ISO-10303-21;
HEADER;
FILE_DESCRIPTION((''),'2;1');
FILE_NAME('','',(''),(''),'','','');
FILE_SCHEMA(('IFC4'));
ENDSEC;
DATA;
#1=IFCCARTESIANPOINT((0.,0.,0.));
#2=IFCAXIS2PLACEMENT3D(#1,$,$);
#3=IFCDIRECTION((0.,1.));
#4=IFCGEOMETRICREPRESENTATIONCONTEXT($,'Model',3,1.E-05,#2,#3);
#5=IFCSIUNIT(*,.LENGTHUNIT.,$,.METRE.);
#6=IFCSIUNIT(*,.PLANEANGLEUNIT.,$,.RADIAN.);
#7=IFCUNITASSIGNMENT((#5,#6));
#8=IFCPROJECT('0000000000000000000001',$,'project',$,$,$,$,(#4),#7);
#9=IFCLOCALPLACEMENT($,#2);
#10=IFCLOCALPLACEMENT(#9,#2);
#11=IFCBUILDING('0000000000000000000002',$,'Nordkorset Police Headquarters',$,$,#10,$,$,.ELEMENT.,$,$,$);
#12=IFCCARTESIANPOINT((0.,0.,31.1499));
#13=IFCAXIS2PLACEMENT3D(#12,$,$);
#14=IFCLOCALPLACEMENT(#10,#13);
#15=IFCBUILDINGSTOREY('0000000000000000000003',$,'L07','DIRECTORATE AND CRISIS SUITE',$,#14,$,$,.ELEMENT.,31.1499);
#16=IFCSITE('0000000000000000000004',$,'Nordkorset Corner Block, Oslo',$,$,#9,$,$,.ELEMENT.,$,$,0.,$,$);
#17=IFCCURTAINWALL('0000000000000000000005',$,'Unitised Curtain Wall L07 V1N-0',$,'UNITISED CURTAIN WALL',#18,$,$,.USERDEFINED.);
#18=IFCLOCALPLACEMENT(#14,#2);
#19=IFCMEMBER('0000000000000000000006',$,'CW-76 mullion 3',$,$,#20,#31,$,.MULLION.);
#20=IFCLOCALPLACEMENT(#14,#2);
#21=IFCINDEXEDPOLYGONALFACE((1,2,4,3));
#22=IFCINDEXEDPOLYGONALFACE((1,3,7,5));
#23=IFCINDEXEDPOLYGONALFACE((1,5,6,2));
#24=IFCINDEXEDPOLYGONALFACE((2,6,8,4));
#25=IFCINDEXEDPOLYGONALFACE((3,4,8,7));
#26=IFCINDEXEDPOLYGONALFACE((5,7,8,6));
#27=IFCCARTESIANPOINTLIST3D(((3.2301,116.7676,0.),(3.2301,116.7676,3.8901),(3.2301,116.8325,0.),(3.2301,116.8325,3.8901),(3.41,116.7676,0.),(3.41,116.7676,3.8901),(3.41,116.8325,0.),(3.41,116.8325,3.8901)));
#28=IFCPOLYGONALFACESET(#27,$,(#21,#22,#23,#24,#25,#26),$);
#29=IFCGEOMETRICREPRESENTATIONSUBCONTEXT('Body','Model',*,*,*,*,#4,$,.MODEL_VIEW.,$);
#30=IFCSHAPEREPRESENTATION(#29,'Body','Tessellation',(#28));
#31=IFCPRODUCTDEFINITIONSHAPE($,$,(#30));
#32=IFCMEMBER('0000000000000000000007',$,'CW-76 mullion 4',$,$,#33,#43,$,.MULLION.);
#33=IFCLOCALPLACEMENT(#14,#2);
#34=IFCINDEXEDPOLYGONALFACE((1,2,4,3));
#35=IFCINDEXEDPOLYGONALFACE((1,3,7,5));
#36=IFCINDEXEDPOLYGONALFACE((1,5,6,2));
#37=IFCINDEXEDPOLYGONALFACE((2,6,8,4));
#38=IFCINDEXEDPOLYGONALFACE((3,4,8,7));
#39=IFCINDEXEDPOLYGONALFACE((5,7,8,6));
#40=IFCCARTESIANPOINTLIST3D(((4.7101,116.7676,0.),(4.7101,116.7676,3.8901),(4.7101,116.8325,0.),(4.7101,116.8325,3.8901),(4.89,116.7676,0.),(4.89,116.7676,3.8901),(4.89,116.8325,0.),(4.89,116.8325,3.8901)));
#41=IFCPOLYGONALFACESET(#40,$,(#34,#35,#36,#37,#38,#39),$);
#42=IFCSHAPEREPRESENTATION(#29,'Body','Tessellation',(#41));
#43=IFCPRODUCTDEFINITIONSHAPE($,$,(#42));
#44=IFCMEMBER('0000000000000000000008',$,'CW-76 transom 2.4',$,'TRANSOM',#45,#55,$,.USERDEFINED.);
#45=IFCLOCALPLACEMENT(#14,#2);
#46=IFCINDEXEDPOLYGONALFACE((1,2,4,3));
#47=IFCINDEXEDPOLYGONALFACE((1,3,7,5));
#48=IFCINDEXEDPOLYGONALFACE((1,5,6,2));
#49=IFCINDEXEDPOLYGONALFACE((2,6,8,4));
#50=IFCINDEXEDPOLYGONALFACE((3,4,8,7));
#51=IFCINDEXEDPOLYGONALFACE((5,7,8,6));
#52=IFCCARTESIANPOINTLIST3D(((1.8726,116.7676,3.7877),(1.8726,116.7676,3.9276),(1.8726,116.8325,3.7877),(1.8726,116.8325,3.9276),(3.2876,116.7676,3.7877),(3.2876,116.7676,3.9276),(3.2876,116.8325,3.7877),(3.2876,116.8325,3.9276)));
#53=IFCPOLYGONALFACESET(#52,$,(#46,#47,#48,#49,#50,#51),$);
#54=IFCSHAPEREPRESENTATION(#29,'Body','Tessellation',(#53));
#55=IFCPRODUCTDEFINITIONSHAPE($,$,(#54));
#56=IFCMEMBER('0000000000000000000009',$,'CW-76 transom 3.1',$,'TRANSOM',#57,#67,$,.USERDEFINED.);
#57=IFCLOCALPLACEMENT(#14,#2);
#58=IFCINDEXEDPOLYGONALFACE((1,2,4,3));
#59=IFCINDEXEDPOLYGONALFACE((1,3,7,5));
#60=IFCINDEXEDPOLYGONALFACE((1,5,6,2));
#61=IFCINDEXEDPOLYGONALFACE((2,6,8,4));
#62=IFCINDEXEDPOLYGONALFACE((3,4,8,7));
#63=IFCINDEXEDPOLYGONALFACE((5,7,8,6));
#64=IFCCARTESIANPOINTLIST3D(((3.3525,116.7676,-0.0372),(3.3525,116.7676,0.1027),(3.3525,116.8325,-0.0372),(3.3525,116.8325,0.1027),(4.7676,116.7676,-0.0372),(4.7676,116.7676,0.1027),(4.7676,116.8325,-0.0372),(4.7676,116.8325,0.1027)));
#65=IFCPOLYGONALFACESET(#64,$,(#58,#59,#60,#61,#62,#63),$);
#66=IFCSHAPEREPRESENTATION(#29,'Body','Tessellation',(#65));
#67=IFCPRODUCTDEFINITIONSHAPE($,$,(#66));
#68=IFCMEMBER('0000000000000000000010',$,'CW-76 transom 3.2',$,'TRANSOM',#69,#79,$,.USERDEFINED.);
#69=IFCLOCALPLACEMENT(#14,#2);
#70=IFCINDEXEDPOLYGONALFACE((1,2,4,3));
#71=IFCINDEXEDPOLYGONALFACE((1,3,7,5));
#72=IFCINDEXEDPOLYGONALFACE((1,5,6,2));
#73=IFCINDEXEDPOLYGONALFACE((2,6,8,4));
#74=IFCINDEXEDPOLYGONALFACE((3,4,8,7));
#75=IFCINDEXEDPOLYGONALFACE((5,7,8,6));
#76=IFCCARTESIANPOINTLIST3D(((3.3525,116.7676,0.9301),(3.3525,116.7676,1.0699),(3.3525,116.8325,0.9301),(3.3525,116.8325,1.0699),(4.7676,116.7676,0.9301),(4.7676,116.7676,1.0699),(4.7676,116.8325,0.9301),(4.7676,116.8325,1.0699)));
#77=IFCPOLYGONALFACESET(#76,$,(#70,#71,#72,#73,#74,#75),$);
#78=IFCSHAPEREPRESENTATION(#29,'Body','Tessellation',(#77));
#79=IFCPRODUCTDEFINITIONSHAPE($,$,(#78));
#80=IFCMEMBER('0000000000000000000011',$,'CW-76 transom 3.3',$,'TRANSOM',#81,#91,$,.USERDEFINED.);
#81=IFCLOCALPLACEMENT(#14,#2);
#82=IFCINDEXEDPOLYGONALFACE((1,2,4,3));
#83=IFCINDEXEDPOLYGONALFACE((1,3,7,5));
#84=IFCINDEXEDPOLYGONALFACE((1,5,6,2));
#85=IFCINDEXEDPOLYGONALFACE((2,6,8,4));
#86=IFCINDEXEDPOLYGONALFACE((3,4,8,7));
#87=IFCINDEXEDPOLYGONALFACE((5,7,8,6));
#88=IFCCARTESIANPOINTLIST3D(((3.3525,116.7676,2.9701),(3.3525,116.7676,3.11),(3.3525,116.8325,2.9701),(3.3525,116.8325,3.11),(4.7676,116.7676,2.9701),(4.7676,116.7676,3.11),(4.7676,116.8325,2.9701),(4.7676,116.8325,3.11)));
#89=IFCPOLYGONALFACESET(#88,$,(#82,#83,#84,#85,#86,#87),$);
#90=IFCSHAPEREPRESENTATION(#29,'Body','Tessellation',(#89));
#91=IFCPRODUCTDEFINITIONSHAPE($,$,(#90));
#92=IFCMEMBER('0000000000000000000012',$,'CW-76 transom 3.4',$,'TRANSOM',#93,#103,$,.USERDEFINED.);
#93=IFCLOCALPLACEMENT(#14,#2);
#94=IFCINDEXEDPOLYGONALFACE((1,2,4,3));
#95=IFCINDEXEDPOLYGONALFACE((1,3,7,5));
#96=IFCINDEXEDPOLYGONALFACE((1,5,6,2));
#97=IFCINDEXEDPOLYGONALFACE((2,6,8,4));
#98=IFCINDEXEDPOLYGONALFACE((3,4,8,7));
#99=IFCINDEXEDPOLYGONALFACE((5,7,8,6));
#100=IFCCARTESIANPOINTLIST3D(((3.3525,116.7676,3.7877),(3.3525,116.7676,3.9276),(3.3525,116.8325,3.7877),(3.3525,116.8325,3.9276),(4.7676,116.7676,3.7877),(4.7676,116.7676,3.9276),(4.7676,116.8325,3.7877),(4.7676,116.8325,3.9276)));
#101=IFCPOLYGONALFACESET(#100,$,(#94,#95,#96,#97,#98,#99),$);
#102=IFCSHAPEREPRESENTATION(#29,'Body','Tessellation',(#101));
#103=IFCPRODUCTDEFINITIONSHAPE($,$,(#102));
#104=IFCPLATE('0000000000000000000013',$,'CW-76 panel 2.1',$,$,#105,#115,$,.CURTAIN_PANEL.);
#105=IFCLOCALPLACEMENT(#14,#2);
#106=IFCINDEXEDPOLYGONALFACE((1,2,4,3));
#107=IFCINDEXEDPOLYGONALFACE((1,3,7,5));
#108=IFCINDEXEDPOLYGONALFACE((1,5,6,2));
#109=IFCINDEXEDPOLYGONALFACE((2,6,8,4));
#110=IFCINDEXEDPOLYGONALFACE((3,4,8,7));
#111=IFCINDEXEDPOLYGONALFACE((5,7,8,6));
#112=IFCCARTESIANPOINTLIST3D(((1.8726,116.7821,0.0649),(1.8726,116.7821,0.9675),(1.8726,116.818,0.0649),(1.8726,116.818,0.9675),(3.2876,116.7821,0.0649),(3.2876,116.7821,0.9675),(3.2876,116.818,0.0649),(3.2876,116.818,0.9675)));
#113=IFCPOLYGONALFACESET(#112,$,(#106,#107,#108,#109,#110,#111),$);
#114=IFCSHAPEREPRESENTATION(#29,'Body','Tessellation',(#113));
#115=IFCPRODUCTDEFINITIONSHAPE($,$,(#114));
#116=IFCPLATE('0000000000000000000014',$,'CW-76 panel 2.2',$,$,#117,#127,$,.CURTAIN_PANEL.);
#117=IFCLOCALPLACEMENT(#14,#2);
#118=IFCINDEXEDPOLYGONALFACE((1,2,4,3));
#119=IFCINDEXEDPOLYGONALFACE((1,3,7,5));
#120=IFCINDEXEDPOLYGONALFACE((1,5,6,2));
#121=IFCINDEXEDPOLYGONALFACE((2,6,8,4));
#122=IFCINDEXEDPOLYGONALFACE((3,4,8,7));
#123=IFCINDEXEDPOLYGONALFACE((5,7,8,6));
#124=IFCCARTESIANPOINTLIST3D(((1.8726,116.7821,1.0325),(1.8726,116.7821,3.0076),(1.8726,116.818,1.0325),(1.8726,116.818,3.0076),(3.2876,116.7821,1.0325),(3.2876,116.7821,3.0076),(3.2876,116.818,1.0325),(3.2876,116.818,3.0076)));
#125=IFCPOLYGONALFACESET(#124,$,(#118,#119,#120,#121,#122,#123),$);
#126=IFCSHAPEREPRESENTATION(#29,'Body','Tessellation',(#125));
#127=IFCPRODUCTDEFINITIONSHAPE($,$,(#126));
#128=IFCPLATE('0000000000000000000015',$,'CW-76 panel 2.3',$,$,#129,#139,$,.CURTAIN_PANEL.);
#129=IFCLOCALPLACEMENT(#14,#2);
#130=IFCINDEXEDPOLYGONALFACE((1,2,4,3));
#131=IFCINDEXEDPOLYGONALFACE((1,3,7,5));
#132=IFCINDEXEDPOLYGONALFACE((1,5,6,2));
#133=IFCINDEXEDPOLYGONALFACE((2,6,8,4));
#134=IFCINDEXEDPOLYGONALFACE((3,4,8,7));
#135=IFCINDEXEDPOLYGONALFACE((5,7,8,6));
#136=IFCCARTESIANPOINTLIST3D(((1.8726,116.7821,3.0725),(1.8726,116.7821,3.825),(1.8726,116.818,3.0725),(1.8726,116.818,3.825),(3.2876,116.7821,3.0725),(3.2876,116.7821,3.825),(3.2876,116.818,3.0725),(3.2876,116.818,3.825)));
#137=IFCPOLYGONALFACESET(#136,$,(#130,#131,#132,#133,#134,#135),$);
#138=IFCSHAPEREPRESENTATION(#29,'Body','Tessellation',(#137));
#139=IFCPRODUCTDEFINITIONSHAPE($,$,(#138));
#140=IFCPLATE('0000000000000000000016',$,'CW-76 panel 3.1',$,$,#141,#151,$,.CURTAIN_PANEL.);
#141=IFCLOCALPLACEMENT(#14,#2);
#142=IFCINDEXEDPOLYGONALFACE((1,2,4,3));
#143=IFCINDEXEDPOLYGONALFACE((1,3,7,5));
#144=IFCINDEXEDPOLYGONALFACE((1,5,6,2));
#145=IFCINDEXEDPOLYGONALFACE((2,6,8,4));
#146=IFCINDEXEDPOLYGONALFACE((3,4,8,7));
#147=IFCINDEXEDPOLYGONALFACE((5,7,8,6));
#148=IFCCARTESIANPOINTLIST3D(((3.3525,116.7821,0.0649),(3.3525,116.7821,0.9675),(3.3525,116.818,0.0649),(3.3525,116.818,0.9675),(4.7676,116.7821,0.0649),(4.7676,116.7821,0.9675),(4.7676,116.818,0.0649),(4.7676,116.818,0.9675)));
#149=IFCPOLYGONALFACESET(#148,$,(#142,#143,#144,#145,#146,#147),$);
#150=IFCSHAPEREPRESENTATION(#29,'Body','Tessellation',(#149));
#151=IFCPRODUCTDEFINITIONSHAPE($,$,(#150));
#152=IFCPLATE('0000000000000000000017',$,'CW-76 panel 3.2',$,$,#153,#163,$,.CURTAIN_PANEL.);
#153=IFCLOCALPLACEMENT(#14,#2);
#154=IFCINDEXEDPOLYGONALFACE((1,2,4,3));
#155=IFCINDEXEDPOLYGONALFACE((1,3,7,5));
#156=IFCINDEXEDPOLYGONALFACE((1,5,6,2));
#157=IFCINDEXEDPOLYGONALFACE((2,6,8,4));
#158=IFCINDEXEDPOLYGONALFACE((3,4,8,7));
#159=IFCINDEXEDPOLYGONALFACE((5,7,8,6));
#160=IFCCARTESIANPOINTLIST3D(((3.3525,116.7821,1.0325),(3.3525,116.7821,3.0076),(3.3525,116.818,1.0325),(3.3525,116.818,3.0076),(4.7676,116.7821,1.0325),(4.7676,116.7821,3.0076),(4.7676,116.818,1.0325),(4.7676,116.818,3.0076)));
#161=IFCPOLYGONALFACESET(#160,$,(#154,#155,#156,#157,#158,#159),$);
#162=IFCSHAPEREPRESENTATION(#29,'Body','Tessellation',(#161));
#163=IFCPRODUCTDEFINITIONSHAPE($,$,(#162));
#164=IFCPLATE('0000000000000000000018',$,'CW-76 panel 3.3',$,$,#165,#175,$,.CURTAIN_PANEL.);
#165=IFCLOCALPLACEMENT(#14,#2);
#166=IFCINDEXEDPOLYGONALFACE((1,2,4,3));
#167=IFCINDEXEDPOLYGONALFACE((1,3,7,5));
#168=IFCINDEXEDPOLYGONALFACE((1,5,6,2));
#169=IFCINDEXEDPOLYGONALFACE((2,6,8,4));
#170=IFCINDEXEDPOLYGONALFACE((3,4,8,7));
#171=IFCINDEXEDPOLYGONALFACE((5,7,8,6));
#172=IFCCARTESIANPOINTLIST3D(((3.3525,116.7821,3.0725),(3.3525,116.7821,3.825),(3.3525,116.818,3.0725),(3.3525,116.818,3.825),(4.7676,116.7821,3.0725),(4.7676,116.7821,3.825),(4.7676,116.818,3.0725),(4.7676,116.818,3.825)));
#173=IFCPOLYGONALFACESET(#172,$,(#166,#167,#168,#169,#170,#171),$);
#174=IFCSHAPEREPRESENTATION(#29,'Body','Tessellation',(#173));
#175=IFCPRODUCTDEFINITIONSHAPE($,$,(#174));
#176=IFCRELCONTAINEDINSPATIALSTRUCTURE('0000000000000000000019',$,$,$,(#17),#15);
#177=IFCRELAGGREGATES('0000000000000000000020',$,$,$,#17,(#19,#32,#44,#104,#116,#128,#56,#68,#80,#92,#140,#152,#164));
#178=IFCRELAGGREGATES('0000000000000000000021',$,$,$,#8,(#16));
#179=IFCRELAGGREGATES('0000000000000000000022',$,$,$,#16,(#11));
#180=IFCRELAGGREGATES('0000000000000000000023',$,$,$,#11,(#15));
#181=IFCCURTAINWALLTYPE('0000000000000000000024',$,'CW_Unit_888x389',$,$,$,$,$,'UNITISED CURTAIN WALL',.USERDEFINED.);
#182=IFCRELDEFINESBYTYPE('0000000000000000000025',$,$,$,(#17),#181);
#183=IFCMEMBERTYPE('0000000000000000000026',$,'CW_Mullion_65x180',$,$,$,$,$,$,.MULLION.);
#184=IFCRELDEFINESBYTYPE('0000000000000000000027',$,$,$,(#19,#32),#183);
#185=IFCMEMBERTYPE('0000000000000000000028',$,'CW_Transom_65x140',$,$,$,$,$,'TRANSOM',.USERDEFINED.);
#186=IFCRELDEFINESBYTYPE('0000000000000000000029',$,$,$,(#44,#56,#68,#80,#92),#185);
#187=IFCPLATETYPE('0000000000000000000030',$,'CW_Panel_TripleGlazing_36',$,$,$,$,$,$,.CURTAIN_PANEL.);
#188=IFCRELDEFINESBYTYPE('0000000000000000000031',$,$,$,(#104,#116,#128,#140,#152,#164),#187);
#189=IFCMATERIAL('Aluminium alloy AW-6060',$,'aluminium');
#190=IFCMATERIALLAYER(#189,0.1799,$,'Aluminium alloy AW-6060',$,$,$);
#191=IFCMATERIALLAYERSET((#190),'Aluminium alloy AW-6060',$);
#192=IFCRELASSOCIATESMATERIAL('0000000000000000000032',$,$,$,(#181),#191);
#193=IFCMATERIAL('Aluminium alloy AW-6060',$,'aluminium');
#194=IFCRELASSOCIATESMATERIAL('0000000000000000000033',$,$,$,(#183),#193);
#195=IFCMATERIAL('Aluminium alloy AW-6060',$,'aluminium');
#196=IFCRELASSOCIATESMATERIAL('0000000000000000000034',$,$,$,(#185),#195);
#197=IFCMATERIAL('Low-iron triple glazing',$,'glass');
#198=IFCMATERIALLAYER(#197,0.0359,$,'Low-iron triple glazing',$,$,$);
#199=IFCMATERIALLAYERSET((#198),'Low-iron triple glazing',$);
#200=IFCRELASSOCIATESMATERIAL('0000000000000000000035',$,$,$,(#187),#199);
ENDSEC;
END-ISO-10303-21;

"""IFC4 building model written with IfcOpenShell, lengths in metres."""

from ifc_helpers import new_model, si_unit, direction, frame, origin, origin_2d, place, context, subcontext, project, spatial, rectangle, extrude, material, layer, layer_set, material_profile, profile_set, type_object, element, aggregate, save


model = new_model("IFC4")

# Units and contexts
model_context = context("Model", 3, precision=1e-05, world=origin(), true_north=direction((0.0, 1.0)))
body_context = subcontext(model_context, "Body", "Model", "MODEL_VIEW")
ifc_project = project(units=[si_unit("LENGTHUNIT", "METRE"), si_unit("PLANEANGLEUNIT", "RADIAN")], contexts=[model_context])

# Site, building, storey
site_placement = place(None, origin())
site = spatial("IfcSite", under=ifc_project, at=site_placement, Name="Nordkorset Corner Block, Oslo", CompositionType="ELEMENT", RefElevation=0.0)
building_placement = place(site_placement, origin())
building = spatial("IfcBuilding", under=site, at=building_placement, Name="Nordkorset Police Headquarters", CompositionType="ELEMENT")
storey_placement = place(building_placement, frame((0.0, 0.0, 31.1499)))
storey = spatial("IfcBuildingStorey", under=building, at=storey_placement, Name="L07", Description="DIRECTORATE AND CRISIS SUITE", CompositionType="ELEMENT", Elevation=31.1499)

# Curtain wall, members, plates
ifc_material_1 = material(Name="Aluminium alloy AW-6060", Category="aluminium")
ifc_layer_1 = layer(ifc_material_1, 0.1799, Name="Aluminium alloy AW-6060")
ifc_layer_set_1 = layer_set([ifc_layer_1], Name="Aluminium alloy AW-6060")
curtain_wall_type = type_object("IfcCurtainWallType", Name="CW_Unit_888x389", ElementType="UNITISED CURTAIN WALL", PredefinedType="USERDEFINED", material=ifc_layer_set_1)
curtain_wall_placement = place(storey_placement, origin())
curtain_wall = element("IfcCurtainWall", 1, at=curtain_wall_placement, inside=storey, type_object=curtain_wall_type, Name="Unitised Curtain Wall L07 V1N-0", ObjectType="UNITISED CURTAIN WALL", PredefinedType="USERDEFINED")
ifc_material_2 = material(Name="Aluminium alloy AW-6060", Category="aluminium")
ifc_material_profile_1 = material_profile(ifc_material_2, rectangle(XDim=0.0649, YDim=0.1799, at=origin_2d()), Name="ALU MULL 65x180")
ifc_profile_set_1 = profile_set([ifc_material_profile_1], Name="Aluminium alloy AW-6060")
member_type_1 = type_object("IfcMemberType", Name="CW_Mullion_65x180", PredefinedType="MULLION", material=ifc_profile_set_1)
member_1_placement = place(storey_placement, frame((3.3201, 116.8, 0.0), z_axis=(0.0, 0.0, 1.0), x_axis=(0.0, 1.0, 0.0)))
member_1 = element("IfcMember", 2, at=member_1_placement, type_object=member_type_1, Name="CW-76 mullion 3", PredefinedType="MULLION", context=body_context, shape_type="SweptSolid", body=[
    extrude(rectangle(XDim=0.0649, YDim=0.1799, at=origin_2d()), origin(), (0.0, 0.0, 1.0), 3.8901),
])
member_2_placement = place(storey_placement, frame((4.8, 116.8, 0.0), z_axis=(0.0, 0.0, 1.0), x_axis=(0.0, 1.0, 0.0)))
member_2 = element("IfcMember", 3, at=member_2_placement, type_object=member_type_1, Name="CW-76 mullion 4", PredefinedType="MULLION", context=body_context, shape_type="SweptSolid", body=[
    extrude(rectangle(XDim=0.0649, YDim=0.1799, at=origin_2d()), origin(), (0.0, 0.0, 1.0), 3.8901),
])
ifc_material_3 = material(Name="Aluminium alloy AW-6060", Category="aluminium")
ifc_material_profile_2 = material_profile(ifc_material_3, rectangle(XDim=0.0649, YDim=0.1399, at=origin_2d()), Name="ALU TRAN 65x140")
ifc_profile_set_2 = profile_set([ifc_material_profile_2], Name="Aluminium alloy AW-6060")
member_type_2 = type_object("IfcMemberType", Name="CW_Transom_65x140", ElementType="TRANSOM", PredefinedType="USERDEFINED", material=ifc_profile_set_2)
member_3_placement = place(storey_placement, frame((1.8726, 116.8, 3.8577), z_axis=(1.0, 0.0, 0.0), x_axis=(0.0, 1.0, 0.0)))
member_3 = element("IfcMember", 4, at=member_3_placement, type_object=member_type_2, Name="CW-76 transom 2.4", ObjectType="TRANSOM", PredefinedType="USERDEFINED", context=body_context, shape_type="SweptSolid", body=[
    extrude(rectangle(XDim=0.0649, YDim=0.1399, at=origin_2d()), origin(), (0.0, 0.0, 1.0), 1.415),
])
member_4_placement = place(storey_placement, frame((3.3525, 116.8, 0.0327), z_axis=(1.0, 0.0, 0.0), x_axis=(0.0, 1.0, 0.0)))
member_4 = element("IfcMember", 5, at=member_4_placement, type_object=member_type_2, Name="CW-76 transom 3.1", ObjectType="TRANSOM", PredefinedType="USERDEFINED", context=body_context, shape_type="SweptSolid", body=[
    extrude(rectangle(XDim=0.0649, YDim=0.1399, at=origin_2d()), origin(), (0.0, 0.0, 1.0), 1.415),
])
member_5_placement = place(storey_placement, frame((3.3525, 116.8, 1.0), z_axis=(1.0, 0.0, 0.0), x_axis=(0.0, 1.0, 0.0)))
member_5 = element("IfcMember", 6, at=member_5_placement, type_object=member_type_2, Name="CW-76 transom 3.2", ObjectType="TRANSOM", PredefinedType="USERDEFINED", context=body_context, shape_type="SweptSolid", body=[
    extrude(rectangle(XDim=0.0649, YDim=0.1399, at=origin_2d()), origin(), (0.0, 0.0, 1.0), 1.415),
])
member_6_placement = place(storey_placement, frame((3.3525, 116.8, 3.04), z_axis=(1.0, 0.0, 0.0), x_axis=(0.0, 1.0, 0.0)))
member_6 = element("IfcMember", 7, at=member_6_placement, type_object=member_type_2, Name="CW-76 transom 3.3", ObjectType="TRANSOM", PredefinedType="USERDEFINED", context=body_context, shape_type="SweptSolid", body=[
    extrude(rectangle(XDim=0.0649, YDim=0.1399, at=origin_2d()), origin(), (0.0, 0.0, 1.0), 1.415),
])
member_7_placement = place(storey_placement, frame((3.3525, 116.8, 3.8577), z_axis=(1.0, 0.0, 0.0), x_axis=(0.0, 1.0, 0.0)))
member_7 = element("IfcMember", 8, at=member_7_placement, type_object=member_type_2, Name="CW-76 transom 3.4", ObjectType="TRANSOM", PredefinedType="USERDEFINED", context=body_context, shape_type="SweptSolid", body=[
    extrude(rectangle(XDim=0.0649, YDim=0.1399, at=origin_2d()), origin(), (0.0, 0.0, 1.0), 1.415),
])
ifc_material_4 = material(Name="Low-iron triple glazing", Category="glass")
ifc_layer_2 = layer(ifc_material_4, 0.0359, Name="Low-iron triple glazing")
ifc_layer_set_2 = layer_set([ifc_layer_2], Name="Low-iron triple glazing")
plate_type = type_object("IfcPlateType", Name="CW_Panel_TripleGlazing_36", PredefinedType="CURTAIN_PANEL", material=ifc_layer_set_2)
plate_1_placement = place(storey_placement, frame((2.5801, 116.8, 0.0649), z_axis=(0.0, 0.0, 1.0), x_axis=(1.0, 0.0, 0.0)))
plate_1 = element("IfcPlate", 9, at=plate_1_placement, type_object=plate_type, Name="CW-76 panel 2.1", PredefinedType="CURTAIN_PANEL", context=body_context, shape_type="SweptSolid", body=[
    extrude(rectangle(XDim=1.415, YDim=0.0359, at=origin_2d()), origin(), (0.0, 0.0, 1.0), 0.9026),
])
plate_2_placement = place(storey_placement, frame((2.5801, 116.8, 1.0325), z_axis=(0.0, 0.0, 1.0), x_axis=(1.0, 0.0, 0.0)))
plate_2 = element("IfcPlate", 10, at=plate_2_placement, type_object=plate_type, Name="CW-76 panel 2.2", PredefinedType="CURTAIN_PANEL", context=body_context, shape_type="SweptSolid", body=[
    extrude(rectangle(XDim=1.415, YDim=0.0359, at=origin_2d()), origin(), (0.0, 0.0, 1.0), 1.9751),
])
plate_3_placement = place(storey_placement, frame((2.5801, 116.8, 3.0725), z_axis=(0.0, 0.0, 1.0), x_axis=(1.0, 0.0, 0.0)))
plate_3 = element("IfcPlate", 11, at=plate_3_placement, type_object=plate_type, Name="CW-76 panel 2.3", PredefinedType="CURTAIN_PANEL", context=body_context, shape_type="SweptSolid", body=[
    extrude(rectangle(XDim=1.415, YDim=0.0359, at=origin_2d()), origin(), (0.0, 0.0, 1.0), 0.7524),
])
plate_4_placement = place(storey_placement, frame((4.0601, 116.8, 0.0649), z_axis=(0.0, 0.0, 1.0), x_axis=(1.0, 0.0, 0.0)))
plate_4 = element("IfcPlate", 12, at=plate_4_placement, type_object=plate_type, Name="CW-76 panel 3.1", PredefinedType="CURTAIN_PANEL", context=body_context, shape_type="SweptSolid", body=[
    extrude(rectangle(XDim=1.415, YDim=0.0359, at=origin_2d()), origin(), (0.0, 0.0, 1.0), 0.9026),
])
plate_5_placement = place(storey_placement, frame((4.0601, 116.8, 1.0325), z_axis=(0.0, 0.0, 1.0), x_axis=(1.0, 0.0, 0.0)))
plate_5 = element("IfcPlate", 13, at=plate_5_placement, type_object=plate_type, Name="CW-76 panel 3.2", PredefinedType="CURTAIN_PANEL", context=body_context, shape_type="SweptSolid", body=[
    extrude(rectangle(XDim=1.415, YDim=0.0359, at=origin_2d()), origin(), (0.0, 0.0, 1.0), 1.9751),
])
plate_6_placement = place(storey_placement, frame((4.0601, 116.8, 3.0725), z_axis=(0.0, 0.0, 1.0), x_axis=(1.0, 0.0, 0.0)))
plate_6 = element("IfcPlate", 14, at=plate_6_placement, type_object=plate_type, Name="CW-76 panel 3.3", PredefinedType="CURTAIN_PANEL", context=body_context, shape_type="SweptSolid", body=[
    extrude(rectangle(XDim=1.415, YDim=0.0359, at=origin_2d()), origin(), (0.0, 0.0, 1.0), 0.7524),
])
aggregate(curtain_wall, [member_1, member_2, member_3, plate_1, plate_2, plate_3, member_4, member_5, member_6, member_7, plate_4, plate_5, plate_6])

save(model, "model.ifc")
